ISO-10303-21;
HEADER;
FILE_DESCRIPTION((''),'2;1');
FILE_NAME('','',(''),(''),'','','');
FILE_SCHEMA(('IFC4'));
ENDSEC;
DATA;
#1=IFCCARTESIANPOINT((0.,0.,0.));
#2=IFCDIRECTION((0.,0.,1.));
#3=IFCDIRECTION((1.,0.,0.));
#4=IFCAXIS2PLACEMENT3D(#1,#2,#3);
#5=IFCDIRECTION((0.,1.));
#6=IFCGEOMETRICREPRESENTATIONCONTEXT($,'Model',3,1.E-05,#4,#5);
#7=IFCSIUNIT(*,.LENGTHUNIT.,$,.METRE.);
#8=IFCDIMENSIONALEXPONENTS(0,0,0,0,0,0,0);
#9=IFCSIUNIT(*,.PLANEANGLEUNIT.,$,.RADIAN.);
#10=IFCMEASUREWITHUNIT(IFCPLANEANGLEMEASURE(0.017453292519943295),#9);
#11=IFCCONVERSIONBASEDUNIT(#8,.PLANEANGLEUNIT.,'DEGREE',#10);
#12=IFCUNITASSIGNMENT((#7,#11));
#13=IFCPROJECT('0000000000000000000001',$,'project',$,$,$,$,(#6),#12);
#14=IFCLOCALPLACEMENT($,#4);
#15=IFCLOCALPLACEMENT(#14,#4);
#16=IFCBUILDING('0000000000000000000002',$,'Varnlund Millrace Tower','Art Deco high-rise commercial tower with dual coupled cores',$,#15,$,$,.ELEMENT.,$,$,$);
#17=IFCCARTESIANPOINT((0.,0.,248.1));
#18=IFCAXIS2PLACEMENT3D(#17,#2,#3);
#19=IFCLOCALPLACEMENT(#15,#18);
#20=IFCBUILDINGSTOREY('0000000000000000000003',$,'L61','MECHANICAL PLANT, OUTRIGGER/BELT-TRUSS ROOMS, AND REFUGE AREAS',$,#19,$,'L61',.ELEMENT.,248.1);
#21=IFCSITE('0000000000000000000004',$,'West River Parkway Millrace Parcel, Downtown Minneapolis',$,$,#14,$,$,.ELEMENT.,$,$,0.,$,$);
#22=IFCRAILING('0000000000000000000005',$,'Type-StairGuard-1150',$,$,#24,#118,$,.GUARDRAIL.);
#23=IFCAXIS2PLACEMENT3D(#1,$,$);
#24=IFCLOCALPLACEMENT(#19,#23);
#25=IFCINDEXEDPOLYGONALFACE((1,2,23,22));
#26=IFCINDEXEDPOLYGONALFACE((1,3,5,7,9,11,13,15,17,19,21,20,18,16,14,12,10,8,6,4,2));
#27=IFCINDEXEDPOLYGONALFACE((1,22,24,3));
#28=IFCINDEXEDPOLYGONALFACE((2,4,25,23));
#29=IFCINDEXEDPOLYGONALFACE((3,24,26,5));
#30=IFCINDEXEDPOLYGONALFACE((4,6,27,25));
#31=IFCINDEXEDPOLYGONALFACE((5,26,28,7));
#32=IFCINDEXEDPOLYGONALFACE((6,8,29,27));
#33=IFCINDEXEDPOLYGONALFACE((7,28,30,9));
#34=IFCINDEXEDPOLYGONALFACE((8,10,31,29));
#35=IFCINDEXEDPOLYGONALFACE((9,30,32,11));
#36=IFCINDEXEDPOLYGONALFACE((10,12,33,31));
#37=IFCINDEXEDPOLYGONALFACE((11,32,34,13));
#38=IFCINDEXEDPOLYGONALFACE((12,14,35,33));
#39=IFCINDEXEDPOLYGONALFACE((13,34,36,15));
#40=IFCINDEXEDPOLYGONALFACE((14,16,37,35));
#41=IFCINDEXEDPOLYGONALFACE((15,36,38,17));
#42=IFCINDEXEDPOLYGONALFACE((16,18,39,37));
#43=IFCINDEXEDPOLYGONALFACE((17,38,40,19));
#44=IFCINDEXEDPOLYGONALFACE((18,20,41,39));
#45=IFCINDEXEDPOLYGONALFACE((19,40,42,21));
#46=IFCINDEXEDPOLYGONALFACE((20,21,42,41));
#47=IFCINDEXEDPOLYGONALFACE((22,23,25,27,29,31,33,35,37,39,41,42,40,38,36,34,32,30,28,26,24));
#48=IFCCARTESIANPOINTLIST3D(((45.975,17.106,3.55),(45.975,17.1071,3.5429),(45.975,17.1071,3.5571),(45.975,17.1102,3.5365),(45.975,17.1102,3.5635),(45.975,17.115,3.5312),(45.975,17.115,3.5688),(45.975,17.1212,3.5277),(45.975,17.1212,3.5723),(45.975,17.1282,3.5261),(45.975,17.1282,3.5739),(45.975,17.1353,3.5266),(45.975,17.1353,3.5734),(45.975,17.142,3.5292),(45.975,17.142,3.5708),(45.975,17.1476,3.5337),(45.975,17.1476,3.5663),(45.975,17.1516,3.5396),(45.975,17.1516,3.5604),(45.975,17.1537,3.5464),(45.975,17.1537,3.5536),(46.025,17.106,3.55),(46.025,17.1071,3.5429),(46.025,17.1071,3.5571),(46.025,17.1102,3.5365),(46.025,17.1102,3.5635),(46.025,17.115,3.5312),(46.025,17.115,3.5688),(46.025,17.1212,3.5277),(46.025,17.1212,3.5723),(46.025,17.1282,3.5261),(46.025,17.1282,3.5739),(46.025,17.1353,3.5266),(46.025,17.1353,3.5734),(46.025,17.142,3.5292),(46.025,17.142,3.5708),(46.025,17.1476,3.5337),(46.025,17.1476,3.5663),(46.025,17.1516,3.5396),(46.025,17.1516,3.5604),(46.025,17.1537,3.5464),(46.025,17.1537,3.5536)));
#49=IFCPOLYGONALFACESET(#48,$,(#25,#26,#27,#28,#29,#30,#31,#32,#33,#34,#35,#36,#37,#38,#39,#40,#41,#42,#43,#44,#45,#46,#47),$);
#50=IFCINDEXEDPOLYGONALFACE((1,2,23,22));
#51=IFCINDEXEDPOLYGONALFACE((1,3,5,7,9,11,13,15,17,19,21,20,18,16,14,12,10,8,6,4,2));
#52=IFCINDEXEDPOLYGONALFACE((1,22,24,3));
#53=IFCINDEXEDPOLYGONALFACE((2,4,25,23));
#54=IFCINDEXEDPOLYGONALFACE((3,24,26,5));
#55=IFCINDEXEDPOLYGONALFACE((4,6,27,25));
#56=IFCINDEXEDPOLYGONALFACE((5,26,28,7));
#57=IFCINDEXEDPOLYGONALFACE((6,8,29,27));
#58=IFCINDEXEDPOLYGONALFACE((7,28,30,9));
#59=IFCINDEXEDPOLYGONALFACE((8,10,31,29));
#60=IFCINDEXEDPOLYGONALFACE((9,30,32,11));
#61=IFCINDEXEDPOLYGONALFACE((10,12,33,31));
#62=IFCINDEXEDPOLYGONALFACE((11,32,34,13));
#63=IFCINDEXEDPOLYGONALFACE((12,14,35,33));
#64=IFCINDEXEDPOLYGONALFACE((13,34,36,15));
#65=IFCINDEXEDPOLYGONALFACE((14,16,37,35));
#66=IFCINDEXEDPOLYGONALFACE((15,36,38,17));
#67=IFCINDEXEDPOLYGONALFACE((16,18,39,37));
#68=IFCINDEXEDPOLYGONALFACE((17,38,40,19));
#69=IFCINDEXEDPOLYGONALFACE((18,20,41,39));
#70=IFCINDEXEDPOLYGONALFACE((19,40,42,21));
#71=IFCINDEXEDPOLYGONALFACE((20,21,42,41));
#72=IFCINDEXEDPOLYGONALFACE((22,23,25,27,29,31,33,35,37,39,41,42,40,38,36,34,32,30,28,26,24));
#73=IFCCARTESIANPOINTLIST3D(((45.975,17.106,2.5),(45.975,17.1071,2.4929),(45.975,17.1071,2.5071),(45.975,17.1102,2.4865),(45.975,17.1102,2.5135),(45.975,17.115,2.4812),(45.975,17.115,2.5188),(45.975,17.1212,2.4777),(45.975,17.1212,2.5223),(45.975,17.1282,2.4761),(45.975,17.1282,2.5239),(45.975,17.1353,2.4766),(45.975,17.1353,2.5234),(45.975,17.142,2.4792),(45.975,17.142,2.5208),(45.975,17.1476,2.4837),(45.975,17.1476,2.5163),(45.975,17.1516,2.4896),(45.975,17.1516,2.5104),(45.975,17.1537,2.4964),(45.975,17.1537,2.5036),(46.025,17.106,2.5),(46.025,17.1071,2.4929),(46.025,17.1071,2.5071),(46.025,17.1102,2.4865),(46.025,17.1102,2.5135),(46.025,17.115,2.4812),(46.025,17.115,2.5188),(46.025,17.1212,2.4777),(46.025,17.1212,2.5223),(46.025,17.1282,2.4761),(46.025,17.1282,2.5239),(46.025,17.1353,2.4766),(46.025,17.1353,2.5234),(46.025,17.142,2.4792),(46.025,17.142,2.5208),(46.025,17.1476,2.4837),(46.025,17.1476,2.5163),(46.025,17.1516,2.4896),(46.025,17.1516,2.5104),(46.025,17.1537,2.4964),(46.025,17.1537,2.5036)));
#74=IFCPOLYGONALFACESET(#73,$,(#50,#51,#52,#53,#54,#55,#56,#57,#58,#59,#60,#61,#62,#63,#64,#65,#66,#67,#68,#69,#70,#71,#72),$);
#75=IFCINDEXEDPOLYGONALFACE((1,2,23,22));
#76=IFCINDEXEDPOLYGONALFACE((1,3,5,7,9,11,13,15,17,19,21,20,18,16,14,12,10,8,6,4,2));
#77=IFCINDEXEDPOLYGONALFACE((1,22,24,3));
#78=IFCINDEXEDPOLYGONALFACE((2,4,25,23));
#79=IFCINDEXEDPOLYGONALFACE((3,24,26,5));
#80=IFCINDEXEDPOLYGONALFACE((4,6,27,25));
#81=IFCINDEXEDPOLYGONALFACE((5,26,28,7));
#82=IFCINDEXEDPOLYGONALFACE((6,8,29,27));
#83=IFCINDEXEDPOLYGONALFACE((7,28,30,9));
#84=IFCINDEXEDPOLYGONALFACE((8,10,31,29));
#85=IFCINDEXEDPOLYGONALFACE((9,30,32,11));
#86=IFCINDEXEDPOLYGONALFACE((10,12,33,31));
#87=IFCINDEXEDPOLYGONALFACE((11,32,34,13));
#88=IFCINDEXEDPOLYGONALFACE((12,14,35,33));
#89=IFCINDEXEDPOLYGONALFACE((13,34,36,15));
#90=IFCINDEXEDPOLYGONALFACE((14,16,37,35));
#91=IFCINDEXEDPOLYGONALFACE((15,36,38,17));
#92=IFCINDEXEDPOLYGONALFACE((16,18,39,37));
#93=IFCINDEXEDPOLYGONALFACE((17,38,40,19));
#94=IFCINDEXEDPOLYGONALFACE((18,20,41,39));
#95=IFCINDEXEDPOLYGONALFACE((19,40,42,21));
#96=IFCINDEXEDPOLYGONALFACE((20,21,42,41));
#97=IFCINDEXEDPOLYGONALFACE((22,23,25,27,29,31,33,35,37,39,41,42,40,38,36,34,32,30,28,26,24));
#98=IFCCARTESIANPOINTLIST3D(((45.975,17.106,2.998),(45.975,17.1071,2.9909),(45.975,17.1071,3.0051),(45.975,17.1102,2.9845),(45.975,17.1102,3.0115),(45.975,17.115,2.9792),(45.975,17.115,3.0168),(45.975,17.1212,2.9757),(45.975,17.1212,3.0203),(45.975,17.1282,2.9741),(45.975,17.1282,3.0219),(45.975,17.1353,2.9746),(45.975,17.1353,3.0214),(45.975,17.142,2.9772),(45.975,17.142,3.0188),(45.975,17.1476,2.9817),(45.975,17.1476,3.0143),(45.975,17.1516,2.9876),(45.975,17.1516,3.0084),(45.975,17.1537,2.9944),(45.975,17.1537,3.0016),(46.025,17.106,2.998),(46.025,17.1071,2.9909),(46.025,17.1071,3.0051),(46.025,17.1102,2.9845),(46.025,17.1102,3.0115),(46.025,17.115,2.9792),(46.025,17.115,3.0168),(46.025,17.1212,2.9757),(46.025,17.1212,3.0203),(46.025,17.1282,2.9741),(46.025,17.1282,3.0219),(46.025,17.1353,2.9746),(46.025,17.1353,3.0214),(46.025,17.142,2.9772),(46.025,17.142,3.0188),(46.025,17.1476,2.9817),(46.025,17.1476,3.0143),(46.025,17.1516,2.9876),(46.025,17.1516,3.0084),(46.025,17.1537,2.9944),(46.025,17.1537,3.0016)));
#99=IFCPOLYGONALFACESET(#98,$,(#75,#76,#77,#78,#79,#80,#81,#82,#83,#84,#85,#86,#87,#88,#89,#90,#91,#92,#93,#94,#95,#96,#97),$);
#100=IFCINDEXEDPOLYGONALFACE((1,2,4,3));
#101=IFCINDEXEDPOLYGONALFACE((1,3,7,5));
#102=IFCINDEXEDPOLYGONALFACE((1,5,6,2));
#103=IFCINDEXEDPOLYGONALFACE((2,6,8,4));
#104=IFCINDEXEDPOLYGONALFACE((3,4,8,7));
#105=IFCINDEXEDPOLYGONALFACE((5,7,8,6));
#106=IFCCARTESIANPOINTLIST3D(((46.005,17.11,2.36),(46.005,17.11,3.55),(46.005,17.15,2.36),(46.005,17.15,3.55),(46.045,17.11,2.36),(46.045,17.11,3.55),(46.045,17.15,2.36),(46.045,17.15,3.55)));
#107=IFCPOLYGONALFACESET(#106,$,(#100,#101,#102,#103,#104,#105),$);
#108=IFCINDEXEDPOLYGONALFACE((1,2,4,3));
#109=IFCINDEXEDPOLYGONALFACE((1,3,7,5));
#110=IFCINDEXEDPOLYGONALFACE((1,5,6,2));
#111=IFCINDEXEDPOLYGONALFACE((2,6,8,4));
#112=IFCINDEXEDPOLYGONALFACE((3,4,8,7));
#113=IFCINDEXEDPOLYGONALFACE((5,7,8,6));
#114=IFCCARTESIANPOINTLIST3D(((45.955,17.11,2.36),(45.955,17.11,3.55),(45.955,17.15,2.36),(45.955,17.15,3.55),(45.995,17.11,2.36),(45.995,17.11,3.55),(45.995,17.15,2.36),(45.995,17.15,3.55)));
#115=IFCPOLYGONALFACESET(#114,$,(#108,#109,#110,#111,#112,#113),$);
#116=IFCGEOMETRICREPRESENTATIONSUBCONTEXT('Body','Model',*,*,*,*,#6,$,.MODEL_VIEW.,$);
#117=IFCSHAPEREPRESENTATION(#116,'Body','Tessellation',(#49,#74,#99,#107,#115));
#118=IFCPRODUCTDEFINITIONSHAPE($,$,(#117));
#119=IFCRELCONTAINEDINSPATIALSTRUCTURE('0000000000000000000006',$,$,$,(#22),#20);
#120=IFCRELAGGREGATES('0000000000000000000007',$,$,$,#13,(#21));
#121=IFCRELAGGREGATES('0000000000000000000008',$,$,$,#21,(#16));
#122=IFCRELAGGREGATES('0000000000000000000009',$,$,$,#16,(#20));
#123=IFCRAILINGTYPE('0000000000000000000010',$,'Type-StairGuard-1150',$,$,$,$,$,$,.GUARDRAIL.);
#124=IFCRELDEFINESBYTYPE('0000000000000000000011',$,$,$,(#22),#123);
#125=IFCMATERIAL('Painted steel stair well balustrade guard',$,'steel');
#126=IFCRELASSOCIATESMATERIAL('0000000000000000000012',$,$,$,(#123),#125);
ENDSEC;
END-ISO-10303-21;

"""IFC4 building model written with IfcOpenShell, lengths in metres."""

from ifc_helpers import new_model, entity, si_unit, converted_unit, direction, frame, origin_with_axes, origin_2d_with_axis, place, context, subcontext, project, spatial, rectangle, circle, extrude, material, type_object, element, save


model = new_model("IFC4")

# Units and contexts
model_context = context("Model", 3, precision=1e-05, world=origin_with_axes(), true_north=direction((0.0, 1.0)))
body_context = subcontext(model_context, "Body", "Model", "MODEL_VIEW")
ifc_project = project(units=[si_unit("LENGTHUNIT", "METRE"), converted_unit("PLANEANGLEUNIT", "DEGREE", entity("IfcPlaneAngleMeasure", 0.017453292519943295), si_unit("PLANEANGLEUNIT", "RADIAN"), dimensions=[0, 0, 0, 0, 0, 0, 0])], contexts=[model_context])

# Site, building, storey
site_placement = place(None, origin_with_axes())
site = spatial("IfcSite", under=ifc_project, at=site_placement, Name="West River Parkway Millrace Parcel, Downtown Minneapolis", CompositionType="ELEMENT", RefElevation=0.0)
building_placement = place(site_placement, origin_with_axes())
building = spatial("IfcBuilding", under=site, at=building_placement, Name="Varnlund Millrace Tower", Description="Art Deco high-rise commercial tower with dual coupled cores", CompositionType="ELEMENT")
storey_placement = place(building_placement, frame((0.0, 0.0, 248.1), z_axis=(0.0, 0.0, 1.0), x_axis=(1.0, 0.0, 0.0)))
storey = spatial("IfcBuildingStorey", under=building, at=storey_placement, Name="L61", Description="MECHANICAL PLANT, OUTRIGGER/BELT-TRUSS ROOMS, AND REFUGE AREAS", LongName="L61", CompositionType="ELEMENT", Elevation=248.1)

# Railing
ifc_material_1 = material(Name="Painted steel stair well balustrade guard", Category="steel")
railing_type_1 = type_object("IfcRailingType", Name="Type-StairGuard-1150", PredefinedType="GUARDRAIL", material=ifc_material_1)
railing_1_placement = place(storey_placement, frame((0.0, 0.0, -248.1), z_axis=(0.0, 0.0, 1.0), x_axis=(1.0, 0.0, 0.0)))
element("IfcRailing", 1, at=railing_1_placement, inside=storey, type_object=railing_type_1, Name="Type-StairGuard-1150", PredefinedType="GUARDRAIL", context=body_context, shape_type="SweptSolid", body=[
    extrude(circle(Radius=0.024, at=origin_2d_with_axis()), frame((46.025, 17.13, 251.65), z_axis=(-1.0, 0.0, 0.0), x_axis=(0.0, -1.0, 0.0)), (0.0, 0.0, 1.0), 0.05),
    extrude(circle(Radius=0.024, at=origin_2d_with_axis()), frame((46.025, 17.13, 250.6), z_axis=(-1.0, 0.0, 0.0), x_axis=(0.0, -1.0, 0.0)), (0.0, 0.0, 1.0), 0.05),
    extrude(circle(Radius=0.024, at=origin_2d_with_axis()), frame((46.025, 17.13, 251.098), z_axis=(-1.0, 0.0, 0.0), x_axis=(0.0, -1.0, 0.0)), (0.0, 0.0, 1.0), 0.05),
    extrude(rectangle(XDim=0.04, YDim=0.04, at=origin_2d_with_axis()), frame((46.025, 17.13, 250.46), z_axis=(0.0, 0.0, 1.0), x_axis=(1.0, 0.0, 0.0)), (0.0, 0.0, 1.0), 1.19),
    extrude(rectangle(XDim=0.04, YDim=0.04, at=origin_2d_with_axis()), frame((45.975, 17.13, 250.46), z_axis=(0.0, 0.0, 1.0), x_axis=(1.0, 0.0, 0.0)), (0.0, 0.0, 1.0), 1.19),
])

save(model, "model.ifc")
